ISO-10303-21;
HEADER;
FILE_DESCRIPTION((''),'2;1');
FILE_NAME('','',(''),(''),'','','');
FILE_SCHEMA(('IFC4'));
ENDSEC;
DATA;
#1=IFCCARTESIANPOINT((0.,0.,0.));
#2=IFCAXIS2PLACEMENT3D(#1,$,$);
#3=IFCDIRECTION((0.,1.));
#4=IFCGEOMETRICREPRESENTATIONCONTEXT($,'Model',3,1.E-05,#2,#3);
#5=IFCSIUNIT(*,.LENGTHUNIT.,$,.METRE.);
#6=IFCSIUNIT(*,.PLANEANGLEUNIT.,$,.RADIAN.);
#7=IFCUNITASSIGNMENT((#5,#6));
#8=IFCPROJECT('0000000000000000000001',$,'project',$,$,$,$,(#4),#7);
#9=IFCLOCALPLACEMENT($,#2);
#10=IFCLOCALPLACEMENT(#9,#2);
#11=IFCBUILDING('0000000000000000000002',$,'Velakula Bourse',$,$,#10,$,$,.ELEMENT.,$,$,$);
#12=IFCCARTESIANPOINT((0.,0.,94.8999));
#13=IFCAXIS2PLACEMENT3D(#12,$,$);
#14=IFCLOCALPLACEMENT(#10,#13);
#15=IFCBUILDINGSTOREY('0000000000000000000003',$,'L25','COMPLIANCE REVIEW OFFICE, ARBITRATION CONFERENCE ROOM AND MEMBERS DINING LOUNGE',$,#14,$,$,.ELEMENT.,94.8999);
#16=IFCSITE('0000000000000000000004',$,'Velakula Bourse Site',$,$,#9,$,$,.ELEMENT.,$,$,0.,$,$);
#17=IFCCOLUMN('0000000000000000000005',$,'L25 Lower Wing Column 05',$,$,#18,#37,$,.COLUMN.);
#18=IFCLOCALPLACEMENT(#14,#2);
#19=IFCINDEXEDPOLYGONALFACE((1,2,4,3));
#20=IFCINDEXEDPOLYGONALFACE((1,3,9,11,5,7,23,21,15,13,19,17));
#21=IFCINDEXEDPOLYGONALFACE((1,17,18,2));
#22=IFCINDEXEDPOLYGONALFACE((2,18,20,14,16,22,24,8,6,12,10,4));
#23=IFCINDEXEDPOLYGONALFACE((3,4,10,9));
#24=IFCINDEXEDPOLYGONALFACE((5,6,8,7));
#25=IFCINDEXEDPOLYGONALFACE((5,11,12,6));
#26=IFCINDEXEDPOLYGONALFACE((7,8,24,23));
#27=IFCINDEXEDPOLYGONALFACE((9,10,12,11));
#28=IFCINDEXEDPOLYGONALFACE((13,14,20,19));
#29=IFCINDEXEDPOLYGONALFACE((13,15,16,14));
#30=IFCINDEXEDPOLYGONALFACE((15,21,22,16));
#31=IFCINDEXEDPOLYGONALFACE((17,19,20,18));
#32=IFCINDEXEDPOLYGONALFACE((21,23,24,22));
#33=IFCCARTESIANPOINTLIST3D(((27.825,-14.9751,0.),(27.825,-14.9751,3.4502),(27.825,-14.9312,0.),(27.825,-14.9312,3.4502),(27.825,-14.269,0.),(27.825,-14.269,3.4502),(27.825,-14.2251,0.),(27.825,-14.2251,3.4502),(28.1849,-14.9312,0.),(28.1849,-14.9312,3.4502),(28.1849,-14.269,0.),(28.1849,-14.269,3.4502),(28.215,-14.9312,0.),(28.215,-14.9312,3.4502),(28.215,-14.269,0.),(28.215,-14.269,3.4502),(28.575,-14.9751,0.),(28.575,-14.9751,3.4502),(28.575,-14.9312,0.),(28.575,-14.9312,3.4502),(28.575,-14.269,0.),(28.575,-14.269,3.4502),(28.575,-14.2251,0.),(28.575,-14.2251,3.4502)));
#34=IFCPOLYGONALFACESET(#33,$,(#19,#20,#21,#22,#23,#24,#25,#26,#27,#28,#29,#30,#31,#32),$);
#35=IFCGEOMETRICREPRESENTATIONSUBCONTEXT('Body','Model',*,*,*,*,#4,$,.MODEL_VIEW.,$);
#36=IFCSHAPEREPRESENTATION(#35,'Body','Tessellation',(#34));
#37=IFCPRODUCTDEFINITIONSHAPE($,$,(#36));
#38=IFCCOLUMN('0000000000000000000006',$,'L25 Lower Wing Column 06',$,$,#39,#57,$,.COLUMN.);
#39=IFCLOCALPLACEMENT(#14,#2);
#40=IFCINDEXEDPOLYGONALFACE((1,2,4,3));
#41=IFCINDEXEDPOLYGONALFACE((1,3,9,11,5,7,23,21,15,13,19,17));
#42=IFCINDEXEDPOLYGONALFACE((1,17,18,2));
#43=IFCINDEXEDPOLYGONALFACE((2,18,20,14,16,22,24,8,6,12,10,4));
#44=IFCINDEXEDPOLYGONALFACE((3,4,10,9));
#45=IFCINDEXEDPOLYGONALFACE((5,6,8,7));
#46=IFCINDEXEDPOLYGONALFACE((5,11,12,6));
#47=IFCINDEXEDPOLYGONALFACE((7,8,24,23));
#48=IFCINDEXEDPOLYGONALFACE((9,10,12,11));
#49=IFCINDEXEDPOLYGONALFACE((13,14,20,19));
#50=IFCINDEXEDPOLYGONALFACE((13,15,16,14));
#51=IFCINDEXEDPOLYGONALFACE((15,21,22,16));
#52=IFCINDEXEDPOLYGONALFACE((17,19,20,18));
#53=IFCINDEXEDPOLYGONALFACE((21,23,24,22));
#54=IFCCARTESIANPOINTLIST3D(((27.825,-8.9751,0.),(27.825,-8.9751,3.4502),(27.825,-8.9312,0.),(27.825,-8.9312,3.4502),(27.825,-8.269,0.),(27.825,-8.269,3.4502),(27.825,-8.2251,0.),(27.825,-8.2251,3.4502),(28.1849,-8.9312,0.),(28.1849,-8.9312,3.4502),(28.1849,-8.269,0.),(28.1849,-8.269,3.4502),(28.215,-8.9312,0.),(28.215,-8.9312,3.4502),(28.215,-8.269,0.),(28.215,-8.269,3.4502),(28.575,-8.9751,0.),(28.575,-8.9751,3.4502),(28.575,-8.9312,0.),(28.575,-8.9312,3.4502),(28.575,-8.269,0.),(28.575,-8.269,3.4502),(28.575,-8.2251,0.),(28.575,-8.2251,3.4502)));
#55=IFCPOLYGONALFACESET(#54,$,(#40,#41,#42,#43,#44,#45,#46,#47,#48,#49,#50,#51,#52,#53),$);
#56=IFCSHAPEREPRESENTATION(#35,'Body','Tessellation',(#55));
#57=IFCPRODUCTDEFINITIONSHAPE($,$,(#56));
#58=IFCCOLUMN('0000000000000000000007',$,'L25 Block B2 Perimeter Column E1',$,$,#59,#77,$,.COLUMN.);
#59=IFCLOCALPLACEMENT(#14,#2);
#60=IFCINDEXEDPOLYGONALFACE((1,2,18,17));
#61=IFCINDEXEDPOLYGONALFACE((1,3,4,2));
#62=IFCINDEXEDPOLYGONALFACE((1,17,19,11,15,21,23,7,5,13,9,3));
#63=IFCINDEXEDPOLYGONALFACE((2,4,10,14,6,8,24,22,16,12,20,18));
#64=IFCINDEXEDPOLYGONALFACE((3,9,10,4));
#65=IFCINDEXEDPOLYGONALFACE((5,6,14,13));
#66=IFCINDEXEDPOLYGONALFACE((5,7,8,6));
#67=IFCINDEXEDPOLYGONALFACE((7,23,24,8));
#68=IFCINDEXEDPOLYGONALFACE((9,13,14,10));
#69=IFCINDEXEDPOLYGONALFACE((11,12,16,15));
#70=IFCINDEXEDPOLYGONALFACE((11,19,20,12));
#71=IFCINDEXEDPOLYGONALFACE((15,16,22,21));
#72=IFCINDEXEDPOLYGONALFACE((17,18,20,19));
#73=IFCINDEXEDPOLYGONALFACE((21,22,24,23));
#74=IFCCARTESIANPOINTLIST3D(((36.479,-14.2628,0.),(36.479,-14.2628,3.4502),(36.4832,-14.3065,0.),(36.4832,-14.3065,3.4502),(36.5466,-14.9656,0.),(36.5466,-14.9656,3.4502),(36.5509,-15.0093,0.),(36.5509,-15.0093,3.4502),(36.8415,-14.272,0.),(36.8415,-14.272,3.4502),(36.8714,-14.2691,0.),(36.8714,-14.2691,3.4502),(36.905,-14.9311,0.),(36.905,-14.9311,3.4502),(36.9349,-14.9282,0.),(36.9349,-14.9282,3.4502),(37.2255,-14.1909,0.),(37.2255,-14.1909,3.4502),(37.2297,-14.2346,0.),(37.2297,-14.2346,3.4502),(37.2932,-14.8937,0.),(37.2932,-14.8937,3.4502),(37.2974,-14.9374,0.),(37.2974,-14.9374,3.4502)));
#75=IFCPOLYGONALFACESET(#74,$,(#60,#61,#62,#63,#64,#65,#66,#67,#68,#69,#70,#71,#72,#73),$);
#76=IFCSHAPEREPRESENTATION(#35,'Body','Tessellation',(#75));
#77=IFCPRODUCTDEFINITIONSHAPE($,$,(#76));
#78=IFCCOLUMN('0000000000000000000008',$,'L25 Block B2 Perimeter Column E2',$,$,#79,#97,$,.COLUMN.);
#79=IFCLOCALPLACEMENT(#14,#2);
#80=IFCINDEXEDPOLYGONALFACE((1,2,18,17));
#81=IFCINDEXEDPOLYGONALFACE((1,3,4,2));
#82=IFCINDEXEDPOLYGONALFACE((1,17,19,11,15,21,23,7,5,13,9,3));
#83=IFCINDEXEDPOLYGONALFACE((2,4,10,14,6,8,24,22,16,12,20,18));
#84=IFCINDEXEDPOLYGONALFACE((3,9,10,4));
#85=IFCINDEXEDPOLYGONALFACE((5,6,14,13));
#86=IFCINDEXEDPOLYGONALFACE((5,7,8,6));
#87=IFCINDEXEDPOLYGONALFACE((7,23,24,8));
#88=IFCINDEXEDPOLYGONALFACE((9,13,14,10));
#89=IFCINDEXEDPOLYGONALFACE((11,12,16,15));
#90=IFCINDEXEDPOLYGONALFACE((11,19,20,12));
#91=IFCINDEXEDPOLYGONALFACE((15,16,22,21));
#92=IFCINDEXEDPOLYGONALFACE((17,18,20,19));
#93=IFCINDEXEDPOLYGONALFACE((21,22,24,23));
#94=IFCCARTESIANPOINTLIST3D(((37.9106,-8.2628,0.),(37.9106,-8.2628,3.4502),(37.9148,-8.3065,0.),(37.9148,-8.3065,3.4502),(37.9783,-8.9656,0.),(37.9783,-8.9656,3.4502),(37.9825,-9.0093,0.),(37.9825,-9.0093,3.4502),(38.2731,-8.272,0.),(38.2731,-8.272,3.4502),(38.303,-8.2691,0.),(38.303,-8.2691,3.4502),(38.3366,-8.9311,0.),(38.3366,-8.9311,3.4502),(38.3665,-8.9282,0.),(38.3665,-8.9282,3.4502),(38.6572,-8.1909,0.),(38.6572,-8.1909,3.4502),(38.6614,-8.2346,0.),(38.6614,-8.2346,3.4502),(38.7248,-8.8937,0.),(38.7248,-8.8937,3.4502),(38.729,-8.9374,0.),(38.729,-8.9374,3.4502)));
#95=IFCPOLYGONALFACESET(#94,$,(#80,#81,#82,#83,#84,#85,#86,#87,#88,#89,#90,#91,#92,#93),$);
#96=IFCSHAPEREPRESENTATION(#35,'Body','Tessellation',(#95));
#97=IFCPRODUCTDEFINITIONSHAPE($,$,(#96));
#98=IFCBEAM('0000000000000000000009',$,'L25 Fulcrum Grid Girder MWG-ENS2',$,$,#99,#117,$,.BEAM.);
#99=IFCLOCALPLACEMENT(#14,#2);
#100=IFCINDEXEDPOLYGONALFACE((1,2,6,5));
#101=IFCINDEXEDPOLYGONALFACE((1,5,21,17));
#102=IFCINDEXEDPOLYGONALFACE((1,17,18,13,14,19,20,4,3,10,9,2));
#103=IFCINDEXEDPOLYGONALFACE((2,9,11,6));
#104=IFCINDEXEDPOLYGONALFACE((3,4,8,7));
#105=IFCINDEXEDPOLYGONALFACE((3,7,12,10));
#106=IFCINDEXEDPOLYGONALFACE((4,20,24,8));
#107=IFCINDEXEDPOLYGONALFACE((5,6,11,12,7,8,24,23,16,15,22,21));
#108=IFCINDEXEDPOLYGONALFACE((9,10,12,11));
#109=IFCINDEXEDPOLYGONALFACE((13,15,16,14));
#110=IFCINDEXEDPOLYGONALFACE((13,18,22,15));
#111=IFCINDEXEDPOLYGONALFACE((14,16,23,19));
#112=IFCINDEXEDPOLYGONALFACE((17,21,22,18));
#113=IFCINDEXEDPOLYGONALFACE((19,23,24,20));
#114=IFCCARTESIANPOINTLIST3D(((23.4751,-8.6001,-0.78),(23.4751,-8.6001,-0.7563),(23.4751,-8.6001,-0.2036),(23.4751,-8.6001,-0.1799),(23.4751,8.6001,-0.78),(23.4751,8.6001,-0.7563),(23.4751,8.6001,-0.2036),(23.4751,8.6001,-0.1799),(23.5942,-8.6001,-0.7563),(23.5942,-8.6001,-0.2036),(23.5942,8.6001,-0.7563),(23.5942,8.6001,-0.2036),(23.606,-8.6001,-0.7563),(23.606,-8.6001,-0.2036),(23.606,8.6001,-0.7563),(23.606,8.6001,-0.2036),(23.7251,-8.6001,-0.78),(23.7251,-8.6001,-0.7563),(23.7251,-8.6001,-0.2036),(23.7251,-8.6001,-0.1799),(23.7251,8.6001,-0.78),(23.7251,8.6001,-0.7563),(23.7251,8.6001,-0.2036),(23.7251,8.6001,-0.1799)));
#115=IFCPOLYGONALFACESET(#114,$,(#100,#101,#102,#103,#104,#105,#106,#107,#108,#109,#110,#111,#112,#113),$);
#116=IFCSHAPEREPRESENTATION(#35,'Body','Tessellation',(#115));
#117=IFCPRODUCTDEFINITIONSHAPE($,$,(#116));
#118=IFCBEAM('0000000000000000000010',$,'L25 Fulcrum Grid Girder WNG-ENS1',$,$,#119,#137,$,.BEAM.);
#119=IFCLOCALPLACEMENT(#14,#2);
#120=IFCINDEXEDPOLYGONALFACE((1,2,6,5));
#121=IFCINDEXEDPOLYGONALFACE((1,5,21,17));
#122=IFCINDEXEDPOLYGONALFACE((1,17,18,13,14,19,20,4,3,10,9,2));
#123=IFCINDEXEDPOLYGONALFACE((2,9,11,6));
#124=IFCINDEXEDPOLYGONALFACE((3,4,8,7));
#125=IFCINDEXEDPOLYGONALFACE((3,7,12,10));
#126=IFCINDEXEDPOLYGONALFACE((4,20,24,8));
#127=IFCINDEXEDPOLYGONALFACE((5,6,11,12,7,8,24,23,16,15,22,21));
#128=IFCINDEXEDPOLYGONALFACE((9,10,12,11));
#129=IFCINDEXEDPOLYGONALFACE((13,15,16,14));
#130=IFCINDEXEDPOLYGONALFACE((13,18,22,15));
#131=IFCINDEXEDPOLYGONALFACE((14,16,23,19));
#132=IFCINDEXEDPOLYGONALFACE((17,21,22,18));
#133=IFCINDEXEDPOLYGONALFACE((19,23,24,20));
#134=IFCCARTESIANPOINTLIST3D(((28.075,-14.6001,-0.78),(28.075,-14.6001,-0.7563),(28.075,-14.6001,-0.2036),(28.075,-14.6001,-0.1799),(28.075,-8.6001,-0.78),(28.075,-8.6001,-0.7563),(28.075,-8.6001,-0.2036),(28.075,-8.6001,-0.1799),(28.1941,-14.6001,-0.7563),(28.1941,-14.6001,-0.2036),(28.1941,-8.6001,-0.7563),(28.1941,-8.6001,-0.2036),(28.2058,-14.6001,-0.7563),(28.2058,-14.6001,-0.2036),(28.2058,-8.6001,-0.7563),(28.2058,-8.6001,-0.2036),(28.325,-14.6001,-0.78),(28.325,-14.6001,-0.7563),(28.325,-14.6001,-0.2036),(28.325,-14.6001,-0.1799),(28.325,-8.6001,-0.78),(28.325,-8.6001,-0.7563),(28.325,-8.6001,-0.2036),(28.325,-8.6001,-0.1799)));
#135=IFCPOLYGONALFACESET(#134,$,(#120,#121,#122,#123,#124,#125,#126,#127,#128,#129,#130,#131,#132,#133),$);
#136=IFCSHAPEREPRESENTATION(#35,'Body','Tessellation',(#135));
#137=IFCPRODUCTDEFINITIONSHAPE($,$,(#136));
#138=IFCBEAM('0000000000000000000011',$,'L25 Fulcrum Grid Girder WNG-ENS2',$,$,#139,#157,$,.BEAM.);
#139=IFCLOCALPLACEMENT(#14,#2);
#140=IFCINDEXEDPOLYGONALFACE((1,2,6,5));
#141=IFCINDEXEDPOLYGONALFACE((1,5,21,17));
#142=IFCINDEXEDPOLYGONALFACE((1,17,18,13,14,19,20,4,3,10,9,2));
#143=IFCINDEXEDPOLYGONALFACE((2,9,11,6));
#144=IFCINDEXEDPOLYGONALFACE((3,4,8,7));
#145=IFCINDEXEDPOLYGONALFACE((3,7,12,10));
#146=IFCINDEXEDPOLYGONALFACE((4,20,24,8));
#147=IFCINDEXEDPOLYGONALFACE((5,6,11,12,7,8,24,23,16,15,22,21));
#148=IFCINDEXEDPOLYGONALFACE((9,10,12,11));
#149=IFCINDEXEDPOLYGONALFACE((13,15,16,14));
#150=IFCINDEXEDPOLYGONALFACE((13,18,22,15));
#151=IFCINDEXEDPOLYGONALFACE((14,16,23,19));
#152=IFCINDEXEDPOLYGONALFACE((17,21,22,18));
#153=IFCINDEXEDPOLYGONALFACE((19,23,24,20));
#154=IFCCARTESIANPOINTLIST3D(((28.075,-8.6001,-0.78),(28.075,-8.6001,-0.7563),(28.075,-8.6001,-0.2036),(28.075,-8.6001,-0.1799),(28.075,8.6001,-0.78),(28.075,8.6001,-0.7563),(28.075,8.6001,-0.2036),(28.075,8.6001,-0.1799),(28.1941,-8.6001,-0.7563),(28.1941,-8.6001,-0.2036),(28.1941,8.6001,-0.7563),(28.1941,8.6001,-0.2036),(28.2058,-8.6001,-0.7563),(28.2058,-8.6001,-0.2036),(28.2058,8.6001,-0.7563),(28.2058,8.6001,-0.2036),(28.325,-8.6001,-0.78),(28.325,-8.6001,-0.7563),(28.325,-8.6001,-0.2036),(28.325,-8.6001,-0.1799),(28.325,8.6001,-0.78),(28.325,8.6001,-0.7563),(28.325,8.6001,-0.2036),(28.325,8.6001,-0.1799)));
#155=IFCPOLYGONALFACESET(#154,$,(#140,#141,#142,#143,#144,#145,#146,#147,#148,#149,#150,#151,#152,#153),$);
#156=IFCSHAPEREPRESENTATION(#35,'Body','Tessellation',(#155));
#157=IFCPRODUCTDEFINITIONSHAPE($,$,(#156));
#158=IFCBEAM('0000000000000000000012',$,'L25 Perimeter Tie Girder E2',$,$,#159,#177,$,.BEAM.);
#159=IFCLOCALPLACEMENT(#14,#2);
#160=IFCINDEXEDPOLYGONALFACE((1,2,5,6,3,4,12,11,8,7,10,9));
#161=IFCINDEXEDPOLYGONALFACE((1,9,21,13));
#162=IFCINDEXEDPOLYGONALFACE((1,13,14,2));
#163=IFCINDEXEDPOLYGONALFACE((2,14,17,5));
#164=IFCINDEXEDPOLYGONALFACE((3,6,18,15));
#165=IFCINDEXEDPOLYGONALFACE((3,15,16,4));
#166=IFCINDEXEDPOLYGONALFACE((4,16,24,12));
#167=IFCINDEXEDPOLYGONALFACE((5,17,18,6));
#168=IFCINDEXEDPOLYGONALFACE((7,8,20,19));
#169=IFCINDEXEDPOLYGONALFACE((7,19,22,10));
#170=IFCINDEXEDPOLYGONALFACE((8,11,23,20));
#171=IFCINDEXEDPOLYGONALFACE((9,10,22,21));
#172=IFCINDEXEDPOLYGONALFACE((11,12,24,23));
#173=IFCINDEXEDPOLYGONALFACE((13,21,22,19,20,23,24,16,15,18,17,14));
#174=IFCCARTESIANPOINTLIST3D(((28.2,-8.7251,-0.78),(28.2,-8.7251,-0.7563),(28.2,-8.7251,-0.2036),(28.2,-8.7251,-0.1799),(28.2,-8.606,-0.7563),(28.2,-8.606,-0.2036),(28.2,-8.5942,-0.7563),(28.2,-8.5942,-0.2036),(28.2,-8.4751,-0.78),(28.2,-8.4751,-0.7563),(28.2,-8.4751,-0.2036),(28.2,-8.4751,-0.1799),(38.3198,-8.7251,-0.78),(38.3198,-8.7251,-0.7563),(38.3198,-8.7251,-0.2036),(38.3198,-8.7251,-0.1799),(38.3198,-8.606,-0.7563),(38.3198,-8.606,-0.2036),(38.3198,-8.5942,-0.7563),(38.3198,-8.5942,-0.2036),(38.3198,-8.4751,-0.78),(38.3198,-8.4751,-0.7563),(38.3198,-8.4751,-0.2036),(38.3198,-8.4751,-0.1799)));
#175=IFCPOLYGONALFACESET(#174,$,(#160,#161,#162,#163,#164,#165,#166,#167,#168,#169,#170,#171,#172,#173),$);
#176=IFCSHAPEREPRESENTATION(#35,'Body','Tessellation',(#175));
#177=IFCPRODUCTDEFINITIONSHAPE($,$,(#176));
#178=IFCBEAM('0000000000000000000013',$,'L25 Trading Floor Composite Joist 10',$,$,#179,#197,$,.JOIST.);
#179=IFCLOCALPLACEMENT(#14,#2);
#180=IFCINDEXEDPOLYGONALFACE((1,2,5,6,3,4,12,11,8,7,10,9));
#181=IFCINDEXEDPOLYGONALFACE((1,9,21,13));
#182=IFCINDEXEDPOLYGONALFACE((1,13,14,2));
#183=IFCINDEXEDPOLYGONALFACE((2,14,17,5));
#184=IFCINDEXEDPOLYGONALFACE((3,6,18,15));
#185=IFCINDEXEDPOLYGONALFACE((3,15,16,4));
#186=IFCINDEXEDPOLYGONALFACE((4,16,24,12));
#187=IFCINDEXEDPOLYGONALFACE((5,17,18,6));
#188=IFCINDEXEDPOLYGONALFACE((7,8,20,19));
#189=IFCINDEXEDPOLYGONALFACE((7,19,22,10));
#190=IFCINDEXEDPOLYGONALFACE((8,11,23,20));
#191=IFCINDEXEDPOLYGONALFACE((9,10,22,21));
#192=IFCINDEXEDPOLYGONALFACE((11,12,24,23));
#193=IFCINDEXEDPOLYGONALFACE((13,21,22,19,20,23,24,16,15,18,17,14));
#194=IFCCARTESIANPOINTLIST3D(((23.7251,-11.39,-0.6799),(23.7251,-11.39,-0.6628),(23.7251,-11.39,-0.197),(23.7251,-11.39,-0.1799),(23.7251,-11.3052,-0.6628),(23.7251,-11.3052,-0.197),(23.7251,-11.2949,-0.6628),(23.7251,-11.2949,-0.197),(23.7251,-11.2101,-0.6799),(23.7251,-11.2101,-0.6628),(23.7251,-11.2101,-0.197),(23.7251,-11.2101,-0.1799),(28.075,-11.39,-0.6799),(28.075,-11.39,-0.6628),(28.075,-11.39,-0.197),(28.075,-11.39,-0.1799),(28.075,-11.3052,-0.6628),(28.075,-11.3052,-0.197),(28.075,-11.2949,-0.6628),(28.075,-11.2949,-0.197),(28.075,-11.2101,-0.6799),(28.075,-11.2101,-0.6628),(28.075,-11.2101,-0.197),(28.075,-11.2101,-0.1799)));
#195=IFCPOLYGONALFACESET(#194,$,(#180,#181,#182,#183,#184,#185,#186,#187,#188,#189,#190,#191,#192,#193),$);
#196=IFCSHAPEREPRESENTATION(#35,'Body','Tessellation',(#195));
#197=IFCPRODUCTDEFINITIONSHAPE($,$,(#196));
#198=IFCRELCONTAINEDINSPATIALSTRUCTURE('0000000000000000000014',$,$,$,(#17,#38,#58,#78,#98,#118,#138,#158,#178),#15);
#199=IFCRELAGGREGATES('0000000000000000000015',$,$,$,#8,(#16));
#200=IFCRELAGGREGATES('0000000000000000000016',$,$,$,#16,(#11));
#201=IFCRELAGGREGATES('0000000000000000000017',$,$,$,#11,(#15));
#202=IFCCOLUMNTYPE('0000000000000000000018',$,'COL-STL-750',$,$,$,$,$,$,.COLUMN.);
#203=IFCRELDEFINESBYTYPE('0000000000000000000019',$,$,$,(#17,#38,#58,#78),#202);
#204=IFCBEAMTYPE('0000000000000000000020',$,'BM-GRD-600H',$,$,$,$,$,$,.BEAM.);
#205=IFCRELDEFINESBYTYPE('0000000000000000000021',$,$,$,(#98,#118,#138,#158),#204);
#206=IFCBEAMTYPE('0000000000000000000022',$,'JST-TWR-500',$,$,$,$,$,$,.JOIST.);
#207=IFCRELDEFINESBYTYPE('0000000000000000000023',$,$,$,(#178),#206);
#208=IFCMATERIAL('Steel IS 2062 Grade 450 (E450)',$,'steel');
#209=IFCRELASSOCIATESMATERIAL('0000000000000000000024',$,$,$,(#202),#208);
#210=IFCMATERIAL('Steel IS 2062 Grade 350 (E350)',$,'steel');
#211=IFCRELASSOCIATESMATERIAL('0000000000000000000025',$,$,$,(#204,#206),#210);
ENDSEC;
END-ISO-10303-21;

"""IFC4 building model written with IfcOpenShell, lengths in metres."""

from ifc_helpers import new_model, si_unit, direction, frame, origin, origin_2d, place, context, subcontext, project, spatial, i_section, extrude, material, material_profile, profile_set, type_object, element, save


model = new_model("IFC4")

# Units and contexts
model_context = context("Model", 3, precision=1e-05, world=origin(), true_north=direction((0.0, 1.0)))
body_context = subcontext(model_context, "Body", "Model", "MODEL_VIEW")
ifc_project = project(units=[si_unit("LENGTHUNIT", "METRE"), si_unit("PLANEANGLEUNIT", "RADIAN")], contexts=[model_context])

# Site, building, storey
site_placement = place(None, origin())
site = spatial("IfcSite", under=ifc_project, at=site_placement, Name="Velakula Bourse Site", CompositionType="ELEMENT", RefElevation=0.0)
building_placement = place(site_placement, origin())
building = spatial("IfcBuilding", under=site, at=building_placement, Name="Velakula Bourse", CompositionType="ELEMENT")
storey_placement = place(building_placement, frame((0.0, 0.0, 94.8999)))
storey = spatial("IfcBuildingStorey", under=building, at=storey_placement, Name="L25", Description="COMPLIANCE REVIEW OFFICE, ARBITRATION CONFERENCE ROOM AND MEMBERS DINING LOUNGE", CompositionType="ELEMENT", Elevation=94.8999)

# Columns
ifc_material_1 = material(Name="Steel IS 2062 Grade 450 (E450)", Category="steel")
ifc_material_profile_1 = material_profile(ifc_material_1, i_section(OverallWidth=0.75, OverallDepth=0.75, WebThickness=0.03, FlangeThickness=0.0439, at=origin_2d()), Name="Steel IS 2062 Grade 450 (E450)")
ifc_profile_set_1 = profile_set([ifc_material_profile_1], Name="Steel IS 2062 Grade 450 (E450)")
column_type = type_object("IfcColumnType", Name="COL-STL-750", PredefinedType="COLUMN", material=ifc_profile_set_1)
for number, where, z_axis, x_axis, name in (
    (1, (28.2, -14.6001, 0.0), (0.0, 0.0, 1.0), (1.0, 0.0, 0.0), "L25 Lower Wing Column 05"),
    (2, (28.2, -8.6001, 0.0), (0.0, 0.0, 1.0), (1.0, 0.0, 0.0), "L25 Lower Wing Column 06"),
    (3, (36.8882, -14.6001, 0.0), (0.0, 0.0, 1.0), (0.995396, 0.095846, 0.0), "L25 Block B2 Perimeter Column E1"),
    (4, (38.3198, -8.6001, 0.0), (0.0, 0.0, 1.0), (0.995396, 0.095846, 0.0), "L25 Block B2 Perimeter Column E2"),
):
    element("IfcColumn", number, at=place(storey_placement, frame(where, z_axis=z_axis, x_axis=x_axis)), inside=storey, type_object=column_type, Name=name, PredefinedType="COLUMN", context=body_context, shape_type="SweptSolid", body=[
        extrude(i_section(OverallWidth=0.75, OverallDepth=0.75, WebThickness=0.03, FlangeThickness=0.0439, at=origin_2d()), origin(), (0.0, 0.0, 1.0), 3.4502),
    ])

# Beams
ifc_material_2 = material(Name="Steel IS 2062 Grade 350 (E350)", Category="steel")
ifc_material_profile_2 = material_profile(ifc_material_2, i_section(OverallWidth=0.25, OverallDepth=0.6001, WebThickness=0.0117, FlangeThickness=0.0237, at=origin_2d()), Name="Steel IS 2062 Grade 350 (E350)")
ifc_profile_set_2 = profile_set([ifc_material_profile_2], Name="Steel IS 2062 Grade 350 (E350)")
beam_type_1 = type_object("IfcBeamType", Name="BM-GRD-600H", PredefinedType="BEAM", material=ifc_profile_set_2)
beam_1_placement = place(storey_placement, frame((23.6001, -8.6001, -0.48), z_axis=(0.0, 1.0, 0.0), x_axis=(-1.0, 0.0, 0.0)))
element("IfcBeam", 5, at=beam_1_placement, inside=storey, type_object=beam_type_1, Name="L25 Fulcrum Grid Girder MWG-ENS2", PredefinedType="BEAM", context=body_context, shape_type="SweptSolid", body=[
    extrude(i_section(OverallWidth=0.25, OverallDepth=0.6001, WebThickness=0.0117, FlangeThickness=0.0237, at=origin_2d()), origin(), (0.0, 0.0, 1.0), 17.2002),
])
beam_2_placement = place(storey_placement, frame((28.2, -14.6001, -0.48), z_axis=(0.0, 1.0, 0.0), x_axis=(-1.0, 0.0, 0.0)))
element("IfcBeam", 6, at=beam_2_placement, inside=storey, type_object=beam_type_1, Name="L25 Fulcrum Grid Girder WNG-ENS1", PredefinedType="BEAM", context=body_context, shape_type="SweptSolid", body=[
    extrude(i_section(OverallWidth=0.25, OverallDepth=0.6001, WebThickness=0.0117, FlangeThickness=0.0237, at=origin_2d()), origin(), (0.0, 0.0, 1.0), 6.0),
])
beam_3_placement = place(storey_placement, frame((28.2, -8.6001, -0.48), z_axis=(0.0, 1.0, 0.0), x_axis=(-1.0, 0.0, 0.0)))
element("IfcBeam", 7, at=beam_3_placement, inside=storey, type_object=beam_type_1, Name="L25 Fulcrum Grid Girder WNG-ENS2", PredefinedType="BEAM", context=body_context, shape_type="SweptSolid", body=[
    extrude(i_section(OverallWidth=0.25, OverallDepth=0.6001, WebThickness=0.0117, FlangeThickness=0.0237, at=origin_2d()), origin(), (0.0, 0.0, 1.0), 17.2002),
])
beam_4_placement = place(storey_placement, frame((28.2, -8.6001, -0.48), z_axis=(1.0, 0.0, 0.0), x_axis=(0.0, 1.0, 0.0)))
element("IfcBeam", 8, at=beam_4_placement, inside=storey, type_object=beam_type_1, Name="L25 Perimeter Tie Girder E2", PredefinedType="BEAM", context=body_context, shape_type="SweptSolid", body=[
    extrude(i_section(OverallWidth=0.25, OverallDepth=0.6001, WebThickness=0.0117, FlangeThickness=0.0237, at=origin_2d()), origin(), (0.0, 0.0, 1.0), 10.1199),
])
ifc_material_profile_3 = material_profile(ifc_material_2, i_section(OverallWidth=0.1799, OverallDepth=0.5, WebThickness=0.0103, FlangeThickness=0.0171, at=origin_2d()), Name="Steel IS 2062 Grade 350 (E350)")
ifc_profile_set_3 = profile_set([ifc_material_profile_3], Name="Steel IS 2062 Grade 350 (E350)")
beam_type_2 = type_object("IfcBeamType", Name="JST-TWR-500", PredefinedType="JOIST", material=ifc_profile_set_3)
beam_5_placement = place(storey_placement, frame((23.7251, -11.3, -0.4299), z_axis=(1.0, 0.0, 0.0), x_axis=(0.0, 1.0, 0.0)))
element("IfcBeam", 9, at=beam_5_placement, inside=storey, type_object=beam_type_2, Name="L25 Trading Floor Composite Joist 10", PredefinedType="JOIST", context=body_context, shape_type="SweptSolid", body=[
    extrude(i_section(OverallWidth=0.1799, OverallDepth=0.5, WebThickness=0.0103, FlangeThickness=0.0171, at=origin_2d()), origin(), (0.0, 0.0, 1.0), 4.3499),
])

save(model, "model.ifc")
